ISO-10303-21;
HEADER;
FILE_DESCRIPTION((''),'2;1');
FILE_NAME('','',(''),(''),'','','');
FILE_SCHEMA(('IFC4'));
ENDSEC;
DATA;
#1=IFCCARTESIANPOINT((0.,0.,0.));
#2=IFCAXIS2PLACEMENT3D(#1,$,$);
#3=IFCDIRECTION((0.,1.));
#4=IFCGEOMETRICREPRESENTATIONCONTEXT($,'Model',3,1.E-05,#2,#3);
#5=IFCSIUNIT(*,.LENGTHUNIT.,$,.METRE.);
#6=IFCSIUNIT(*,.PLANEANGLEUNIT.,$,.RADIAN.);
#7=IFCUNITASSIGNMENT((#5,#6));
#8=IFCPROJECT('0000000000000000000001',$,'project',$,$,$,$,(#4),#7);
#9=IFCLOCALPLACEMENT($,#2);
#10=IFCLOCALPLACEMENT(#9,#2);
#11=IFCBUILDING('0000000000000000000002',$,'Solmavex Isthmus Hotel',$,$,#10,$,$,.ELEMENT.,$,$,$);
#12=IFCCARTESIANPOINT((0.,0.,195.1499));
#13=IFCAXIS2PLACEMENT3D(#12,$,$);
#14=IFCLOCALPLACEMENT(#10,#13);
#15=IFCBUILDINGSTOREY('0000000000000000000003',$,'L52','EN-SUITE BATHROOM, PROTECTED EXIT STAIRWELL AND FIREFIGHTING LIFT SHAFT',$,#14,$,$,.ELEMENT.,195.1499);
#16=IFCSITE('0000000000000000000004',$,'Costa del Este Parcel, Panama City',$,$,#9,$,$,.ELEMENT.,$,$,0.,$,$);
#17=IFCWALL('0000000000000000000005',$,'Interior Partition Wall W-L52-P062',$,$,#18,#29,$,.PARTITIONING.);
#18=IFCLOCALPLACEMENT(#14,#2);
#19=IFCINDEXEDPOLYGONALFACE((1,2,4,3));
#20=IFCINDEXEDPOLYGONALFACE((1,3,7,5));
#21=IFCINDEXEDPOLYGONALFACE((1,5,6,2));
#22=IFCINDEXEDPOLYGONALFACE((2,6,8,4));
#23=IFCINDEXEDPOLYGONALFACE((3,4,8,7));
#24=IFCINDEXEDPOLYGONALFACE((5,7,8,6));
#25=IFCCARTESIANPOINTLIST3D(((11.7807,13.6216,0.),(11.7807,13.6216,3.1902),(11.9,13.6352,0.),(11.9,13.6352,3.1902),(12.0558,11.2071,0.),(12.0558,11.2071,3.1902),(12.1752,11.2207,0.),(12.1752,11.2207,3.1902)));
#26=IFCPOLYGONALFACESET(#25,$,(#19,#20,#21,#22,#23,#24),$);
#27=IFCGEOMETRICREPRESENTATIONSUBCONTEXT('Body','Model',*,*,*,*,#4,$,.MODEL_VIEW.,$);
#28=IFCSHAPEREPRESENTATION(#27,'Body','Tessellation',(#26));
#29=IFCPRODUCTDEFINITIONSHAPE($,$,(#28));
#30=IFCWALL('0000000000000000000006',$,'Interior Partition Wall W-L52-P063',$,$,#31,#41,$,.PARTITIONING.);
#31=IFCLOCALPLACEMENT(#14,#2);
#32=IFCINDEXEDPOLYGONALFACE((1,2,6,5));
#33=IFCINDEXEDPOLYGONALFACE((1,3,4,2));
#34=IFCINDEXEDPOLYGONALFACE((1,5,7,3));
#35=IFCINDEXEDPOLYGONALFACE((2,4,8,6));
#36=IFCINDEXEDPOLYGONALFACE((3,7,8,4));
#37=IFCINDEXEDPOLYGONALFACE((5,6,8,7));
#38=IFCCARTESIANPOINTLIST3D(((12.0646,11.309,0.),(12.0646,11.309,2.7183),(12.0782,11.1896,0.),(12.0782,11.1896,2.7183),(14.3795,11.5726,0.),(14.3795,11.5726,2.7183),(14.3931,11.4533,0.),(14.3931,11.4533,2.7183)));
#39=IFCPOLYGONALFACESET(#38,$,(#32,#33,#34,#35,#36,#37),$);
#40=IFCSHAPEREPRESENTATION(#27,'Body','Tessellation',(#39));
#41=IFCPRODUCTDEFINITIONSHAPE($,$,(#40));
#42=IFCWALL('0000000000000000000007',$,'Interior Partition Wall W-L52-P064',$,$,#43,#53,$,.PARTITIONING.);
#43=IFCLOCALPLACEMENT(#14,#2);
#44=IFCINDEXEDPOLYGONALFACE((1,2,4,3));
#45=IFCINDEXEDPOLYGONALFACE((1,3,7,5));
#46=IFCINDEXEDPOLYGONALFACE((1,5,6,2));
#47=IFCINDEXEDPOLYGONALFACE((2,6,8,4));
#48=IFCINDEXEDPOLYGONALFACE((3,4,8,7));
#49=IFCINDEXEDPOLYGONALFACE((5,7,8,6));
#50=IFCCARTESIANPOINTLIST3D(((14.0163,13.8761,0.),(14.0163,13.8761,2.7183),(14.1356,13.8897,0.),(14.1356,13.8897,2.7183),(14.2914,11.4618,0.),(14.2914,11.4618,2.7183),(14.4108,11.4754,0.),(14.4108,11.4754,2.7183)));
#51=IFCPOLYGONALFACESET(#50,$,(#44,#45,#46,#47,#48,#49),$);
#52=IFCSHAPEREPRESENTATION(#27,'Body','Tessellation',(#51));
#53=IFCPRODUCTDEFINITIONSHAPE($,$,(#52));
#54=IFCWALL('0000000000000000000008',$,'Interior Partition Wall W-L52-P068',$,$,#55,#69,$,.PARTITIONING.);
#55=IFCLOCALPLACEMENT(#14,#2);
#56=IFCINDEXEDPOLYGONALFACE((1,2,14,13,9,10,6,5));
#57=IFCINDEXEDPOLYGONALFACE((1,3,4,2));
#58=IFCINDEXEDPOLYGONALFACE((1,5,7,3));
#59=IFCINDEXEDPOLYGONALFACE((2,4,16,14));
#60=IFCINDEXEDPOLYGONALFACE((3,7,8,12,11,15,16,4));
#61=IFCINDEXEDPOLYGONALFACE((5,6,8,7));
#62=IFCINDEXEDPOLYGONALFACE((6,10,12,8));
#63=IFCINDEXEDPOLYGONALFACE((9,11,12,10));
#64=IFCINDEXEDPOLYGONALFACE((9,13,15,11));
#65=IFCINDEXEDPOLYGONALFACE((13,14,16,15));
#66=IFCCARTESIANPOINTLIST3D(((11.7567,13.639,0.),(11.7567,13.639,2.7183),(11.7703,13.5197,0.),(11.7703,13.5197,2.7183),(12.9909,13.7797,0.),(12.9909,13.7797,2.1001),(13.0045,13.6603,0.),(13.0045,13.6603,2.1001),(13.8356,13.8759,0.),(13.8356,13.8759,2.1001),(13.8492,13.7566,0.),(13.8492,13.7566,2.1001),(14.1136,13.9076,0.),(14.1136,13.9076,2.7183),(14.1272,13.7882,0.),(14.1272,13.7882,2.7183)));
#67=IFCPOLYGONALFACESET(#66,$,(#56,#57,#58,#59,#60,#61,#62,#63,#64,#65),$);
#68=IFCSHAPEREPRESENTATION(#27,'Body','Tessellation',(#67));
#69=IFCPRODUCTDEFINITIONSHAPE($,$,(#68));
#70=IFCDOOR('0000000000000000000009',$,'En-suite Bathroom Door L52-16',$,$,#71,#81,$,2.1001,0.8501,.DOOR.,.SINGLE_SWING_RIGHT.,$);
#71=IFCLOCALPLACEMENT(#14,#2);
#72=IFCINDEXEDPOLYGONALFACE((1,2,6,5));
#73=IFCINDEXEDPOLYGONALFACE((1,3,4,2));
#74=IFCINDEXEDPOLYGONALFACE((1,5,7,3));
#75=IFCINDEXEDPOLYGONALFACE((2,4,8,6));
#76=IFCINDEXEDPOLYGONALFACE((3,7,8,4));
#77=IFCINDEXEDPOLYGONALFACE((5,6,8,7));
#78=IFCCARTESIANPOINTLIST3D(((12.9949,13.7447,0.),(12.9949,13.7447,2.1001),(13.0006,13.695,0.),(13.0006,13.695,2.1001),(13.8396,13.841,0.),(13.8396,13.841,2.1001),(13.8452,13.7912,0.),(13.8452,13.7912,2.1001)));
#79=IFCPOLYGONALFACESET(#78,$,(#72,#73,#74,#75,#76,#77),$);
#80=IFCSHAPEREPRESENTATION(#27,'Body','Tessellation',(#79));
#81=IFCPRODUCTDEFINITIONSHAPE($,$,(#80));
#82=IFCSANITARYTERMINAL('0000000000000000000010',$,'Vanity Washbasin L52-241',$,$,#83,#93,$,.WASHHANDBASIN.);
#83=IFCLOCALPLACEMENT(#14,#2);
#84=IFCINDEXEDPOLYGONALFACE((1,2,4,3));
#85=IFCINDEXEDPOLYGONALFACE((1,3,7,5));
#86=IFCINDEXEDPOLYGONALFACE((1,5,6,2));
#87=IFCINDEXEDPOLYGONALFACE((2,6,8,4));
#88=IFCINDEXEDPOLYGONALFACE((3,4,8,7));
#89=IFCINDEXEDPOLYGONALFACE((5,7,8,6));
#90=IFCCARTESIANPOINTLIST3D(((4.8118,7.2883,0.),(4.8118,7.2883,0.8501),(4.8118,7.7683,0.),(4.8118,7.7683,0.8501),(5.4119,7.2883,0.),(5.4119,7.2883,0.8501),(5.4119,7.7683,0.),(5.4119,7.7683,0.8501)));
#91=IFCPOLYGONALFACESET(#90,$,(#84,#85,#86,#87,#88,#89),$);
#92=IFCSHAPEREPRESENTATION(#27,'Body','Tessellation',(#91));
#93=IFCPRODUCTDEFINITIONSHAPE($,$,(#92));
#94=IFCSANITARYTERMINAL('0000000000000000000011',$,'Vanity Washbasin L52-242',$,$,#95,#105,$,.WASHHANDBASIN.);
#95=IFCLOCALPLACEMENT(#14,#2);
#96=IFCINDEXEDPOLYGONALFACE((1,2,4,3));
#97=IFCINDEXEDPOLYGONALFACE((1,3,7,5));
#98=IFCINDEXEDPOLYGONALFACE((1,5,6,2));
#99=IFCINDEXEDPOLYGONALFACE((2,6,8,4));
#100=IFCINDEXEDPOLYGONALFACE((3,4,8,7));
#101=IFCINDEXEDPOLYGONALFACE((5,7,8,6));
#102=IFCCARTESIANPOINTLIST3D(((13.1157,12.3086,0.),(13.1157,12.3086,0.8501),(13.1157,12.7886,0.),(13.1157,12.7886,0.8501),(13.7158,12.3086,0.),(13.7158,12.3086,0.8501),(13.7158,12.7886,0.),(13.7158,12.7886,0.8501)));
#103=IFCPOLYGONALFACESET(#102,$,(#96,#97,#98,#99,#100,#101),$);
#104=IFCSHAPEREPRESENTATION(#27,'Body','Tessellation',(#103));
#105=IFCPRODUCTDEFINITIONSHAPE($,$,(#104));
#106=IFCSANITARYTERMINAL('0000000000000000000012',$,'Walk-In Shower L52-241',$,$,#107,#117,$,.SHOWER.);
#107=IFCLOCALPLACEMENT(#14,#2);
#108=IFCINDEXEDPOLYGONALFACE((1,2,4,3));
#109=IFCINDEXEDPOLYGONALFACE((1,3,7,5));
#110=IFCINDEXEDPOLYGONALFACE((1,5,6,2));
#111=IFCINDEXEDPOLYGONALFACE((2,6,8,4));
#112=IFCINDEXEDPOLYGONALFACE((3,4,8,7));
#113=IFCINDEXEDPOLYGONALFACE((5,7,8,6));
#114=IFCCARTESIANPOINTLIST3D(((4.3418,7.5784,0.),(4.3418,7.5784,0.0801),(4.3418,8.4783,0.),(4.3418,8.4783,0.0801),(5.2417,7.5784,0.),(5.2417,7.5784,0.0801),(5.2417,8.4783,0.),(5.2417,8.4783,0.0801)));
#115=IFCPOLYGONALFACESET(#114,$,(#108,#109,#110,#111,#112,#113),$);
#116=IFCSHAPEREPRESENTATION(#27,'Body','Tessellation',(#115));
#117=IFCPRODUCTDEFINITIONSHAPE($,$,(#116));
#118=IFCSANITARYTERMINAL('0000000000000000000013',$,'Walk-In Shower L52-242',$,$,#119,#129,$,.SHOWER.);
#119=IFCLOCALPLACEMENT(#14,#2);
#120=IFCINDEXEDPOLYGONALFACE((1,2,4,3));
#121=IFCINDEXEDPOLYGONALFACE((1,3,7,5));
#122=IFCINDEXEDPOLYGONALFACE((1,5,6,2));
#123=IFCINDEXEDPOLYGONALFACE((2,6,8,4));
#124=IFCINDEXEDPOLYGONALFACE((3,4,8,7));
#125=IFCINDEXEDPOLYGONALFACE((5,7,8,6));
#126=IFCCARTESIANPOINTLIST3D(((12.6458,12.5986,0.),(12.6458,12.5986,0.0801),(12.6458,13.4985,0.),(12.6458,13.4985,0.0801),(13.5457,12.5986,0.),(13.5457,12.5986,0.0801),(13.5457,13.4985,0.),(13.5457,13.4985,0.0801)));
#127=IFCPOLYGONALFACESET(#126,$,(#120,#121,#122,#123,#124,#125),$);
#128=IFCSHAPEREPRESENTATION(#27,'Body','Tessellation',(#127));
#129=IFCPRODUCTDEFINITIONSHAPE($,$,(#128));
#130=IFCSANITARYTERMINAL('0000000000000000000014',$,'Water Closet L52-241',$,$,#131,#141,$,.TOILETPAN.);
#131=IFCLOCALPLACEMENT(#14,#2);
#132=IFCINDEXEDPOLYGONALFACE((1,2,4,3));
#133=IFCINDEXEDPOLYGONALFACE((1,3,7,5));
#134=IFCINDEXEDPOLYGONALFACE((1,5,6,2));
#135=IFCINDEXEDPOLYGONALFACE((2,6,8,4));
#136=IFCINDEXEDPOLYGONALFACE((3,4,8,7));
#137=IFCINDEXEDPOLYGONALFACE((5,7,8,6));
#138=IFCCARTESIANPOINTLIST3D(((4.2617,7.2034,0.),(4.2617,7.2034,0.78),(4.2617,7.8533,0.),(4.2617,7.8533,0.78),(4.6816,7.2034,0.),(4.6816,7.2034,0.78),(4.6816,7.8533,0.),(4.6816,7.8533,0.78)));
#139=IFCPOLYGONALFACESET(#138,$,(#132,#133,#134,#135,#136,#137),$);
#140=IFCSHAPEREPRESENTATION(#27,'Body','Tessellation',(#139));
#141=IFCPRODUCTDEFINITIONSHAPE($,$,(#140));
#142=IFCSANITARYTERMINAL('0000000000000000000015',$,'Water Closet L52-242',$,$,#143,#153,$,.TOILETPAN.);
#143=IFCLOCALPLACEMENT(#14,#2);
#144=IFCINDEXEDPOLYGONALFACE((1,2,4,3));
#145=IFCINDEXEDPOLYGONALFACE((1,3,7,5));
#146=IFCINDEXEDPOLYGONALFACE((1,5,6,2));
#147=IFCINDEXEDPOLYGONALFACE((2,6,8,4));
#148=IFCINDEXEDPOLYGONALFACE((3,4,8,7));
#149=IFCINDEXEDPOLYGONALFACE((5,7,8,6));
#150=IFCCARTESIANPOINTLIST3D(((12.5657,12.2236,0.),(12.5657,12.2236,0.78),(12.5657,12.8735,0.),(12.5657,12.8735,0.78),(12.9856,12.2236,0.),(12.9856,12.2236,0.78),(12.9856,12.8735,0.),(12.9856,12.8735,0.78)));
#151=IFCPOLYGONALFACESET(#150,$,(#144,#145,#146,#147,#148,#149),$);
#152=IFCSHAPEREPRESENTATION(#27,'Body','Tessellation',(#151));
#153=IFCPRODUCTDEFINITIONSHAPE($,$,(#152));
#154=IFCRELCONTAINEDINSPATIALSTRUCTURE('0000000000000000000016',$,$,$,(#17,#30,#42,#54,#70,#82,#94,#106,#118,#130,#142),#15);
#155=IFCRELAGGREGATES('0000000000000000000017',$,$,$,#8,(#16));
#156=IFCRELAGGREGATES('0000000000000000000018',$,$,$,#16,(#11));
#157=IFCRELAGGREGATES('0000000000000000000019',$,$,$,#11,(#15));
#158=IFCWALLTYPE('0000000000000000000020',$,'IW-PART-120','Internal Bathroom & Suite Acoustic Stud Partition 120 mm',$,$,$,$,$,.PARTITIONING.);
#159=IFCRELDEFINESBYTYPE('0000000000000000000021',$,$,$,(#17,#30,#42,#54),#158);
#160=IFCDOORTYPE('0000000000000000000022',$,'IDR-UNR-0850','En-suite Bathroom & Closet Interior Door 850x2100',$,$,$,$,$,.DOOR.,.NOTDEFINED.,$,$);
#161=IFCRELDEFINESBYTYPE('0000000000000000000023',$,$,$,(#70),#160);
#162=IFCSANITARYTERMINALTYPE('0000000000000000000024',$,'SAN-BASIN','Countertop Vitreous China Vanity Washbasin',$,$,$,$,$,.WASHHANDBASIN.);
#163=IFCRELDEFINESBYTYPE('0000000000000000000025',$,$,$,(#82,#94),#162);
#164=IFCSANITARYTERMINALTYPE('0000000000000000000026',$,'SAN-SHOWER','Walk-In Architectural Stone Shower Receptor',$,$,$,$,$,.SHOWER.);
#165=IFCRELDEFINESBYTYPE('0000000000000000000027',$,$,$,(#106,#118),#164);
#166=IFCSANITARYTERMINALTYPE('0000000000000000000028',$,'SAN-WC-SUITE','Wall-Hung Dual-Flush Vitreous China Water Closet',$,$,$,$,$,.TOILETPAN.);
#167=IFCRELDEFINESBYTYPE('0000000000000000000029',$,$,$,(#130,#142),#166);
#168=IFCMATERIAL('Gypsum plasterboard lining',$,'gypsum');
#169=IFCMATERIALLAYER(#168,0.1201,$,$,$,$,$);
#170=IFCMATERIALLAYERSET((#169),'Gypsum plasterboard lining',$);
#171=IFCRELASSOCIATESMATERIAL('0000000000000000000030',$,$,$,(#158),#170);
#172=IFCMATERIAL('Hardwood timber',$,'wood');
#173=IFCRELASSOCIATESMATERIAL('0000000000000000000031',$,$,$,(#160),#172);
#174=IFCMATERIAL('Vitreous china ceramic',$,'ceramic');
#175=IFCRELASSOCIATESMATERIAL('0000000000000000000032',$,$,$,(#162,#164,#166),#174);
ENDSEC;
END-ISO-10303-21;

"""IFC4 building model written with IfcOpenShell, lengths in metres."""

from ifc_helpers import new_model, si_unit, direction, frame, frame_2d, origin, origin_2d, place, context, subcontext, project, spatial, rectangle, extrude, material, layer, layer_set, type_object, element, fill, save


model = new_model("IFC4")

# Units and contexts
model_context = context("Model", 3, precision=1e-05, world=origin(), true_north=direction((0.0, 1.0)))
body_context = subcontext(model_context, "Body", "Model", "MODEL_VIEW")
ifc_project = project(units=[si_unit("LENGTHUNIT", "METRE"), si_unit("PLANEANGLEUNIT", "RADIAN")], contexts=[model_context])

# Site, building, storey
site_placement = place(None, origin())
site = spatial("IfcSite", under=ifc_project, at=site_placement, Name="Costa del Este Parcel, Panama City", CompositionType="ELEMENT", RefElevation=0.0)
building_placement = place(site_placement, origin())
building = spatial("IfcBuilding", under=site, at=building_placement, Name="Solmavex Isthmus Hotel", CompositionType="ELEMENT")
storey_placement = place(building_placement, frame((0.0, 0.0, 195.1499)))
storey = spatial("IfcBuildingStorey", under=building, at=storey_placement, Name="L52", Description="EN-SUITE BATHROOM, PROTECTED EXIT STAIRWELL AND FIREFIGHTING LIFT SHAFT", CompositionType="ELEMENT", Elevation=195.1499)

# Shared definitions
ifc_material_1 = material(Name="Gypsum plasterboard lining", Category="gypsum")

# Shared definitions
ifc_material_2 = material(Name="Hardwood timber", Category="wood")

# Walls
ifc_layer_1 = layer(ifc_material_1, 0.1201)
ifc_layer_set_1 = layer_set([ifc_layer_1], Name="Gypsum plasterboard lining")
wall_type_1 = type_object("IfcWallType", Name="IW-PART-120", Description="Internal Bathroom & Suite Acoustic Stud Partition 120 mm", PredefinedType="PARTITIONING", material=ifc_layer_set_1)
wall_1_placement = place(storey_placement, frame((11.8403, 13.6284, 0.0), z_axis=(0.0, 0.0, 1.0), x_axis=(0.113221, -0.99357, 0.0)))
element("IfcWall", 1, at=wall_1_placement, inside=storey, type_object=wall_type_1, Name="Interior Partition Wall W-L52-P062", PredefinedType="PARTITIONING", context=body_context, shape_type="SweptSolid", body=[
    extrude(rectangle(XDim=2.4302, YDim=0.1201, at=frame_2d((1.2151, 0.0))), origin(), (0.0, 0.0, 1.0), 3.1902),
])
wall_2_placement = place(storey_placement, frame((12.0713, 11.2493, 0.0), z_axis=(0.0, 0.0, 1.0), x_axis=(0.993576, 0.113168, 0.0)))
element("IfcWall", 2, at=wall_2_placement, inside=storey, type_object=wall_type_1, Name="Interior Partition Wall W-L52-P063", PredefinedType="PARTITIONING", context=body_context, shape_type="SweptSolid", body=[
    extrude(rectangle(XDim=2.3298, YDim=0.1201, at=frame_2d((1.165, 0.0))), origin(), (0.0, 0.0, 1.0), 2.7183),
])
wall_3_placement = place(storey_placement, frame((14.3511, 11.4688, 0.0), z_axis=(0.0, 0.0, 1.0), x_axis=(-0.113232, 0.993569, 0.0)))
element("IfcWall", 3, at=wall_3_placement, inside=storey, type_object=wall_type_1, Name="Interior Partition Wall W-L52-P064", PredefinedType="PARTITIONING", context=body_context, shape_type="SweptSolid", body=[
    extrude(rectangle(XDim=2.4299, YDim=0.1201, at=frame_2d((1.2148, 0.0))), origin(), (0.0, 0.0, 1.0), 2.7183),
])

# Wall, opening, door
wall_4_placement = place(storey_placement, frame((14.1204, 13.8479, 0.0), z_axis=(0.0, 0.0, 1.0), x_axis=(-0.993571, -0.11321, 0.0)))
wall_4 = element("IfcWall", 4, at=wall_4_placement, inside=storey, type_object=wall_type_1, Name="Interior Partition Wall W-L52-P068", PredefinedType="PARTITIONING", context=body_context, shape_type="SweptSolid", body=[
    extrude(rectangle(XDim=2.3721, YDim=0.1201, at=frame_2d((1.186, 0.0))), origin(), (0.0, 0.0, 1.0), 2.7183),
])
opening_1_placement = place(wall_4_placement, frame((0.2798, 0.0, 0.0)))
opening_1 = element("IfcOpeningElement", 5, at=opening_1_placement, cuts=wall_4, PredefinedType="OPENING", context=body_context, shape_type="SweptSolid", body=[
    extrude(rectangle(XDim=0.8501, YDim=2.1001, at=frame_2d((0.425, 1.05))), frame((0.0, 0.0701, 0.0), z_axis=(0.0, -1.0, 0.0), x_axis=(1.0, 0.0, 0.0)), (0.0, 0.0, 1.0), 0.1401),
])
door_type_1 = type_object("IfcDoorType", Name="IDR-UNR-0850", Description="En-suite Bathroom & Closet Interior Door 850x2100", OperationType="NOTDEFINED", PredefinedType="DOOR", material=ifc_material_2)
door_1_placement = place(opening_1_placement, frame((0.8501, 0.0, 0.0), z_axis=(0.0, 0.0, 1.0), x_axis=(-1.0, 0.0, 0.0)))
door_1 = element("IfcDoor", 6, at=door_1_placement, inside=storey, type_object=door_type_1, Name="En-suite Bathroom Door L52-16", OperationType="SINGLE_SWING_RIGHT", OverallHeight=2.1001, OverallWidth=0.8501, PredefinedType="DOOR", context=body_context, shape_type="SweptSolid", body=[
    extrude(rectangle(XDim=0.8501, YDim=2.1001, at=frame_2d((0.425, 1.05))), frame((0.0, 0.0249, 0.0), z_axis=(0.0, -1.0, 0.0), x_axis=(1.0, 0.0, 0.0)), (0.0, 0.0, 1.0), 0.05),
])
fill(opening_1, door_1)

# Sanitary terminals
ifc_material_3 = material(Name="Vitreous china ceramic", Category="ceramic")
sanitary_terminal_type_1 = type_object("IfcSanitaryTerminalType", Name="SAN-BASIN", Description="Countertop Vitreous China Vanity Washbasin", PredefinedType="WASHHANDBASIN", material=ifc_material_3)
for number, where, z_axis, x_axis, name in (
    (7, (5.1118, 7.5283, 0.0), (0.0, 0.0, 1.0), (1.0, 0.0, 0.0), "Vanity Washbasin L52-241"),
    (8, (13.4158, 12.5486, 0.0), (0.0, 0.0, 1.0), (1.0, 0.0, 0.0), "Vanity Washbasin L52-242"),
):
    element("IfcSanitaryTerminal", number, at=place(storey_placement, frame(where, z_axis=z_axis, x_axis=x_axis)), inside=storey, type_object=sanitary_terminal_type_1, Name=name, PredefinedType="WASHHANDBASIN", context=body_context, shape_type="SweptSolid", body=[
        extrude(rectangle(XDim=0.6001, YDim=0.48, at=origin_2d()), origin(), (0.0, 0.0, 1.0), 0.8501),
    ])
sanitary_terminal_type_2 = type_object("IfcSanitaryTerminalType", Name="SAN-SHOWER", Description="Walk-In Architectural Stone Shower Receptor", PredefinedType="SHOWER", material=ifc_material_3)
for number, where, z_axis, x_axis, name in (
    (9, (4.7917, 8.0283, 0.0), (0.0, 0.0, 1.0), (1.0, 0.0, 0.0), "Walk-In Shower L52-241"),
    (10, (13.0957, 13.0486, 0.0), (0.0, 0.0, 1.0), (1.0, 0.0, 0.0), "Walk-In Shower L52-242"),
):
    element("IfcSanitaryTerminal", number, at=place(storey_placement, frame(where, z_axis=z_axis, x_axis=x_axis)), inside=storey, type_object=sanitary_terminal_type_2, Name=name, PredefinedType="SHOWER", context=body_context, shape_type="SweptSolid", body=[
        extrude(rectangle(XDim=0.8999, YDim=0.8999, at=origin_2d()), origin(), (0.0, 0.0, 1.0), 0.0801),
    ])
sanitary_terminal_type_3 = type_object("IfcSanitaryTerminalType", Name="SAN-WC-SUITE", Description="Wall-Hung Dual-Flush Vitreous China Water Closet", PredefinedType="TOILETPAN", material=ifc_material_3)
for number, where, z_axis, x_axis, name in (
    (11, (4.4717, 7.5283, 0.0), (0.0, 0.0, 1.0), (1.0, 0.0, 0.0), "Water Closet L52-241"),
    (12, (12.7756, 12.5486, 0.0), (0.0, 0.0, 1.0), (1.0, 0.0, 0.0), "Water Closet L52-242"),
):
    element("IfcSanitaryTerminal", number, at=place(storey_placement, frame(where, z_axis=z_axis, x_axis=x_axis)), inside=storey, type_object=sanitary_terminal_type_3, Name=name, PredefinedType="TOILETPAN", context=body_context, shape_type="SweptSolid", body=[
        extrude(rectangle(XDim=0.4199, YDim=0.6499, at=origin_2d()), origin(), (0.0, 0.0, 1.0), 0.78),
    ])

save(model, "model.ifc")
